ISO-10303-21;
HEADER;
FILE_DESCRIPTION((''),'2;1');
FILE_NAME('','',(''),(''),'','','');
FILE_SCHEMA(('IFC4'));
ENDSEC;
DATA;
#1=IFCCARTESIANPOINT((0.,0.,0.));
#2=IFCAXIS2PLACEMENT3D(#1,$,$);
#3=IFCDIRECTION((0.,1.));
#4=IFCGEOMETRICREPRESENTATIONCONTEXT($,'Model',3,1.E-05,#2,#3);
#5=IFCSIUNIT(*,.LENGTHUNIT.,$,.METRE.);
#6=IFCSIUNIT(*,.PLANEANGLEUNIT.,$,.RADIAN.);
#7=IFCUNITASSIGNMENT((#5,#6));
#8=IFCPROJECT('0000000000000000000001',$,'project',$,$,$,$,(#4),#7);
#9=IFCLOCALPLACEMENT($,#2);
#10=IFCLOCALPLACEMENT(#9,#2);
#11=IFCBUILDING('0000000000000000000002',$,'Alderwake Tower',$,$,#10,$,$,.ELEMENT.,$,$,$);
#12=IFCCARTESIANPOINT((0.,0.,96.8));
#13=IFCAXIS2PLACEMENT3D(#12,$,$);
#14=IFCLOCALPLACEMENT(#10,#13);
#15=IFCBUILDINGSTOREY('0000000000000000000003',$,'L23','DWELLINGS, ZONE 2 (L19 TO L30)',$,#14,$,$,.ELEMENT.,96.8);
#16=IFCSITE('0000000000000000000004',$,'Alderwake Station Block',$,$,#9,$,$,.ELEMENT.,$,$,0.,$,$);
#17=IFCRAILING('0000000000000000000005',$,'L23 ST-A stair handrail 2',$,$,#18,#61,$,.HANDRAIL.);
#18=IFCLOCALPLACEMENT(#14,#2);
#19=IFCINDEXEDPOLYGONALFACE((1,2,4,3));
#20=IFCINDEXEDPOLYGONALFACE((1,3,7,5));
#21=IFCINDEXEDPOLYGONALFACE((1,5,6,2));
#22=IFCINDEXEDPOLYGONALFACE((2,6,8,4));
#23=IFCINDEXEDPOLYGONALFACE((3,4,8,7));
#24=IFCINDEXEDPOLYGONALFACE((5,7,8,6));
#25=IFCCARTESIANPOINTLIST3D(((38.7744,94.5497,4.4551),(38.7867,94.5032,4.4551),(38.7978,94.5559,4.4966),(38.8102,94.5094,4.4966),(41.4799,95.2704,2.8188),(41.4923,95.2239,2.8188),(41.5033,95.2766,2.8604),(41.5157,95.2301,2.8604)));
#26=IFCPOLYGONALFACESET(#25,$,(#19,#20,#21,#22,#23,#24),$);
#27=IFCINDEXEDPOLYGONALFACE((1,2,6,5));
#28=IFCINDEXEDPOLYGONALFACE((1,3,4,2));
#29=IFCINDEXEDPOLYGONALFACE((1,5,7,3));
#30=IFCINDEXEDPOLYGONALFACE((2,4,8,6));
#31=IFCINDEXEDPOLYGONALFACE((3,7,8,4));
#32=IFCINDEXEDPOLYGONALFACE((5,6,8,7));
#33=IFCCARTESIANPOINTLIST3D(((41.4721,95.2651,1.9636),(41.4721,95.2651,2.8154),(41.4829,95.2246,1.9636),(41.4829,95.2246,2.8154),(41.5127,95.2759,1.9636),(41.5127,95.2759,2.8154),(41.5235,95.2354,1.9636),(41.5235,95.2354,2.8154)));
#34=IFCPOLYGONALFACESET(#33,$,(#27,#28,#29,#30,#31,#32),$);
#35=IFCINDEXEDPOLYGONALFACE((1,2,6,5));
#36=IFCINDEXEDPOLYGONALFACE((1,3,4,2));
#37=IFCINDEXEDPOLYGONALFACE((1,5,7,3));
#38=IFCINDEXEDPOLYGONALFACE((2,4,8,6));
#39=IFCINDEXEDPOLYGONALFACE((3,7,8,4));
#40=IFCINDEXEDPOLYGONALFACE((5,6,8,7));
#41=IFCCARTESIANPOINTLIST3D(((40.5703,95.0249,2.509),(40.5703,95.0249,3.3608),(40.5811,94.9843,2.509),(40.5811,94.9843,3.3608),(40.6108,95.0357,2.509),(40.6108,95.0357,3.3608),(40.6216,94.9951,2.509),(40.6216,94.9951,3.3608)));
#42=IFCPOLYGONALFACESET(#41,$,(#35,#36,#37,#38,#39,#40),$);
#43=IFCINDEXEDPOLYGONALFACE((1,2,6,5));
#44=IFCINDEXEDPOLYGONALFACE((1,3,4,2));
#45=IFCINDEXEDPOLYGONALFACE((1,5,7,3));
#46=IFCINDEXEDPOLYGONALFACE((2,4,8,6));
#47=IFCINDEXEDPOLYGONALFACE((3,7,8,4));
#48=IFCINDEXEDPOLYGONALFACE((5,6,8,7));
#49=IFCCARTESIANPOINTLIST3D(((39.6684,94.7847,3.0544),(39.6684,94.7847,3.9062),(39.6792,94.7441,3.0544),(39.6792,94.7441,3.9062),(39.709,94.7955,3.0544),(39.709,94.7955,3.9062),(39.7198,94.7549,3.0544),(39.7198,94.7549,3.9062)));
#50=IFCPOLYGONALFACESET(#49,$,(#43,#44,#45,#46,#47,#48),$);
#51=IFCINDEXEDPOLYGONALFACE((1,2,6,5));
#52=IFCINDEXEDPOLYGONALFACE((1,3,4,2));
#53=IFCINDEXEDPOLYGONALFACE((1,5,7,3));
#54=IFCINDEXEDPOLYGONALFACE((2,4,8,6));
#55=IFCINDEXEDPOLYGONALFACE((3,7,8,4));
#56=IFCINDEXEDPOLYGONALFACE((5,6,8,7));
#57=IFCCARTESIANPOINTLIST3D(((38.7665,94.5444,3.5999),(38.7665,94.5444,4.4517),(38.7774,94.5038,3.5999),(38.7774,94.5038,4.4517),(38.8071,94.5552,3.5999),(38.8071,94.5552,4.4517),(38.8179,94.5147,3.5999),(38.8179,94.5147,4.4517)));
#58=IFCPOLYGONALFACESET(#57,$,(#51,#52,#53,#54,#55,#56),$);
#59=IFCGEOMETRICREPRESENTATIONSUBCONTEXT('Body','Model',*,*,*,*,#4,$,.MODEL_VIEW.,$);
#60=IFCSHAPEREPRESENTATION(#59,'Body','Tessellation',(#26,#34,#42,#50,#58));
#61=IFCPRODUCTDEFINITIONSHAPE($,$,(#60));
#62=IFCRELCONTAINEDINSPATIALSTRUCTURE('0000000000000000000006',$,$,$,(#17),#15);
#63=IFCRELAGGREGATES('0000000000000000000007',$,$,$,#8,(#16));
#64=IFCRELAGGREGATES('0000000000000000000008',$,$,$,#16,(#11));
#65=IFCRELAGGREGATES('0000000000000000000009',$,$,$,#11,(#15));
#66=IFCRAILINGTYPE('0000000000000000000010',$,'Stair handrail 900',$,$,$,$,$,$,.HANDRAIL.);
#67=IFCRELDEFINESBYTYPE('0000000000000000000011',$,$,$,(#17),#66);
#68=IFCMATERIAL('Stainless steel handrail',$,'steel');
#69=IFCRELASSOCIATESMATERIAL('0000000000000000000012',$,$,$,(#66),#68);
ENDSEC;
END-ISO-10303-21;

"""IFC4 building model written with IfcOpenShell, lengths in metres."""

from ifc_helpers import new_model, si_unit, direction, frame, origin, origin_2d, place, context, subcontext, project, spatial, rectangle, extrude, material, type_object, element, save


model = new_model("IFC4")

# Units and contexts
model_context = context("Model", 3, precision=1e-05, world=origin(), true_north=direction((0.0, 1.0)))
body_context = subcontext(model_context, "Body", "Model", "MODEL_VIEW")
ifc_project = project(units=[si_unit("LENGTHUNIT", "METRE"), si_unit("PLANEANGLEUNIT", "RADIAN")], contexts=[model_context])

# Site, building, storey
site_placement = place(None, origin())
site = spatial("IfcSite", under=ifc_project, at=site_placement, Name="Alderwake Station Block", CompositionType="ELEMENT", RefElevation=0.0)
building_placement = place(site_placement, origin())
building = spatial("IfcBuilding", under=site, at=building_placement, Name="Alderwake Tower", CompositionType="ELEMENT")
storey_placement = place(building_placement, frame((0.0, 0.0, 96.8)))
storey = spatial("IfcBuildingStorey", under=building, at=storey_placement, Name="L23", Description="DWELLINGS, ZONE 2 (L19 TO L30)", CompositionType="ELEMENT", Elevation=96.8)

# Railing
ifc_material_1 = material(Name="Stainless steel handrail", Category="steel")
railing_type_1 = type_object("IfcRailingType", Name="Stair handrail 900", PredefinedType="HANDRAIL", material=ifc_material_1)
railing_1_placement = place(storey_placement, frame((41.4978, 95.2502, 1.9636)))
element("IfcRailing", 1, at=railing_1_placement, inside=storey, type_object=railing_type_1, Name="L23 ST-A stair handrail 2", PredefinedType="HANDRAIL", context=body_context, shape_type="SweptSolid", body=[
    extrude(rectangle(XDim=0.0481, YDim=0.0481, at=origin_2d()), frame((0.0, 0.0, 0.876), z_axis=(-0.834291, -0.222237, 0.504549), x_axis=(0.257402, -0.966304, 0.0)), (0.0, 0.0, 1.0), 3.2429),
    extrude(rectangle(XDim=0.042, YDim=0.042, at=origin_2d()), frame((0.0, 0.0, 0.0), z_axis=(0.0, 0.0, 1.0), x_axis=(-0.966304, -0.257402, 0.0)), (0.0, 0.0, 1.0), 0.8518),
    extrude(rectangle(XDim=0.042, YDim=0.042, at=origin_2d()), frame((-0.9019, -0.2402, 0.5454), z_axis=(0.0, 0.0, 1.0), x_axis=(-0.966304, -0.257402, 0.0)), (0.0, 0.0, 1.0), 0.8518),
    extrude(rectangle(XDim=0.042, YDim=0.042, at=origin_2d()), frame((-1.8037, -0.4805, 1.0908), z_axis=(0.0, 0.0, 1.0), x_axis=(-0.966304, -0.257402, 0.0)), (0.0, 0.0, 1.0), 0.8518),
    extrude(rectangle(XDim=0.042, YDim=0.042, at=origin_2d()), frame((-2.7056, -0.7207, 1.6362), z_axis=(0.0, 0.0, 1.0), x_axis=(-0.966304, -0.257402, 0.0)), (0.0, 0.0, 1.0), 0.8518),
])

save(model, "model.ifc")
